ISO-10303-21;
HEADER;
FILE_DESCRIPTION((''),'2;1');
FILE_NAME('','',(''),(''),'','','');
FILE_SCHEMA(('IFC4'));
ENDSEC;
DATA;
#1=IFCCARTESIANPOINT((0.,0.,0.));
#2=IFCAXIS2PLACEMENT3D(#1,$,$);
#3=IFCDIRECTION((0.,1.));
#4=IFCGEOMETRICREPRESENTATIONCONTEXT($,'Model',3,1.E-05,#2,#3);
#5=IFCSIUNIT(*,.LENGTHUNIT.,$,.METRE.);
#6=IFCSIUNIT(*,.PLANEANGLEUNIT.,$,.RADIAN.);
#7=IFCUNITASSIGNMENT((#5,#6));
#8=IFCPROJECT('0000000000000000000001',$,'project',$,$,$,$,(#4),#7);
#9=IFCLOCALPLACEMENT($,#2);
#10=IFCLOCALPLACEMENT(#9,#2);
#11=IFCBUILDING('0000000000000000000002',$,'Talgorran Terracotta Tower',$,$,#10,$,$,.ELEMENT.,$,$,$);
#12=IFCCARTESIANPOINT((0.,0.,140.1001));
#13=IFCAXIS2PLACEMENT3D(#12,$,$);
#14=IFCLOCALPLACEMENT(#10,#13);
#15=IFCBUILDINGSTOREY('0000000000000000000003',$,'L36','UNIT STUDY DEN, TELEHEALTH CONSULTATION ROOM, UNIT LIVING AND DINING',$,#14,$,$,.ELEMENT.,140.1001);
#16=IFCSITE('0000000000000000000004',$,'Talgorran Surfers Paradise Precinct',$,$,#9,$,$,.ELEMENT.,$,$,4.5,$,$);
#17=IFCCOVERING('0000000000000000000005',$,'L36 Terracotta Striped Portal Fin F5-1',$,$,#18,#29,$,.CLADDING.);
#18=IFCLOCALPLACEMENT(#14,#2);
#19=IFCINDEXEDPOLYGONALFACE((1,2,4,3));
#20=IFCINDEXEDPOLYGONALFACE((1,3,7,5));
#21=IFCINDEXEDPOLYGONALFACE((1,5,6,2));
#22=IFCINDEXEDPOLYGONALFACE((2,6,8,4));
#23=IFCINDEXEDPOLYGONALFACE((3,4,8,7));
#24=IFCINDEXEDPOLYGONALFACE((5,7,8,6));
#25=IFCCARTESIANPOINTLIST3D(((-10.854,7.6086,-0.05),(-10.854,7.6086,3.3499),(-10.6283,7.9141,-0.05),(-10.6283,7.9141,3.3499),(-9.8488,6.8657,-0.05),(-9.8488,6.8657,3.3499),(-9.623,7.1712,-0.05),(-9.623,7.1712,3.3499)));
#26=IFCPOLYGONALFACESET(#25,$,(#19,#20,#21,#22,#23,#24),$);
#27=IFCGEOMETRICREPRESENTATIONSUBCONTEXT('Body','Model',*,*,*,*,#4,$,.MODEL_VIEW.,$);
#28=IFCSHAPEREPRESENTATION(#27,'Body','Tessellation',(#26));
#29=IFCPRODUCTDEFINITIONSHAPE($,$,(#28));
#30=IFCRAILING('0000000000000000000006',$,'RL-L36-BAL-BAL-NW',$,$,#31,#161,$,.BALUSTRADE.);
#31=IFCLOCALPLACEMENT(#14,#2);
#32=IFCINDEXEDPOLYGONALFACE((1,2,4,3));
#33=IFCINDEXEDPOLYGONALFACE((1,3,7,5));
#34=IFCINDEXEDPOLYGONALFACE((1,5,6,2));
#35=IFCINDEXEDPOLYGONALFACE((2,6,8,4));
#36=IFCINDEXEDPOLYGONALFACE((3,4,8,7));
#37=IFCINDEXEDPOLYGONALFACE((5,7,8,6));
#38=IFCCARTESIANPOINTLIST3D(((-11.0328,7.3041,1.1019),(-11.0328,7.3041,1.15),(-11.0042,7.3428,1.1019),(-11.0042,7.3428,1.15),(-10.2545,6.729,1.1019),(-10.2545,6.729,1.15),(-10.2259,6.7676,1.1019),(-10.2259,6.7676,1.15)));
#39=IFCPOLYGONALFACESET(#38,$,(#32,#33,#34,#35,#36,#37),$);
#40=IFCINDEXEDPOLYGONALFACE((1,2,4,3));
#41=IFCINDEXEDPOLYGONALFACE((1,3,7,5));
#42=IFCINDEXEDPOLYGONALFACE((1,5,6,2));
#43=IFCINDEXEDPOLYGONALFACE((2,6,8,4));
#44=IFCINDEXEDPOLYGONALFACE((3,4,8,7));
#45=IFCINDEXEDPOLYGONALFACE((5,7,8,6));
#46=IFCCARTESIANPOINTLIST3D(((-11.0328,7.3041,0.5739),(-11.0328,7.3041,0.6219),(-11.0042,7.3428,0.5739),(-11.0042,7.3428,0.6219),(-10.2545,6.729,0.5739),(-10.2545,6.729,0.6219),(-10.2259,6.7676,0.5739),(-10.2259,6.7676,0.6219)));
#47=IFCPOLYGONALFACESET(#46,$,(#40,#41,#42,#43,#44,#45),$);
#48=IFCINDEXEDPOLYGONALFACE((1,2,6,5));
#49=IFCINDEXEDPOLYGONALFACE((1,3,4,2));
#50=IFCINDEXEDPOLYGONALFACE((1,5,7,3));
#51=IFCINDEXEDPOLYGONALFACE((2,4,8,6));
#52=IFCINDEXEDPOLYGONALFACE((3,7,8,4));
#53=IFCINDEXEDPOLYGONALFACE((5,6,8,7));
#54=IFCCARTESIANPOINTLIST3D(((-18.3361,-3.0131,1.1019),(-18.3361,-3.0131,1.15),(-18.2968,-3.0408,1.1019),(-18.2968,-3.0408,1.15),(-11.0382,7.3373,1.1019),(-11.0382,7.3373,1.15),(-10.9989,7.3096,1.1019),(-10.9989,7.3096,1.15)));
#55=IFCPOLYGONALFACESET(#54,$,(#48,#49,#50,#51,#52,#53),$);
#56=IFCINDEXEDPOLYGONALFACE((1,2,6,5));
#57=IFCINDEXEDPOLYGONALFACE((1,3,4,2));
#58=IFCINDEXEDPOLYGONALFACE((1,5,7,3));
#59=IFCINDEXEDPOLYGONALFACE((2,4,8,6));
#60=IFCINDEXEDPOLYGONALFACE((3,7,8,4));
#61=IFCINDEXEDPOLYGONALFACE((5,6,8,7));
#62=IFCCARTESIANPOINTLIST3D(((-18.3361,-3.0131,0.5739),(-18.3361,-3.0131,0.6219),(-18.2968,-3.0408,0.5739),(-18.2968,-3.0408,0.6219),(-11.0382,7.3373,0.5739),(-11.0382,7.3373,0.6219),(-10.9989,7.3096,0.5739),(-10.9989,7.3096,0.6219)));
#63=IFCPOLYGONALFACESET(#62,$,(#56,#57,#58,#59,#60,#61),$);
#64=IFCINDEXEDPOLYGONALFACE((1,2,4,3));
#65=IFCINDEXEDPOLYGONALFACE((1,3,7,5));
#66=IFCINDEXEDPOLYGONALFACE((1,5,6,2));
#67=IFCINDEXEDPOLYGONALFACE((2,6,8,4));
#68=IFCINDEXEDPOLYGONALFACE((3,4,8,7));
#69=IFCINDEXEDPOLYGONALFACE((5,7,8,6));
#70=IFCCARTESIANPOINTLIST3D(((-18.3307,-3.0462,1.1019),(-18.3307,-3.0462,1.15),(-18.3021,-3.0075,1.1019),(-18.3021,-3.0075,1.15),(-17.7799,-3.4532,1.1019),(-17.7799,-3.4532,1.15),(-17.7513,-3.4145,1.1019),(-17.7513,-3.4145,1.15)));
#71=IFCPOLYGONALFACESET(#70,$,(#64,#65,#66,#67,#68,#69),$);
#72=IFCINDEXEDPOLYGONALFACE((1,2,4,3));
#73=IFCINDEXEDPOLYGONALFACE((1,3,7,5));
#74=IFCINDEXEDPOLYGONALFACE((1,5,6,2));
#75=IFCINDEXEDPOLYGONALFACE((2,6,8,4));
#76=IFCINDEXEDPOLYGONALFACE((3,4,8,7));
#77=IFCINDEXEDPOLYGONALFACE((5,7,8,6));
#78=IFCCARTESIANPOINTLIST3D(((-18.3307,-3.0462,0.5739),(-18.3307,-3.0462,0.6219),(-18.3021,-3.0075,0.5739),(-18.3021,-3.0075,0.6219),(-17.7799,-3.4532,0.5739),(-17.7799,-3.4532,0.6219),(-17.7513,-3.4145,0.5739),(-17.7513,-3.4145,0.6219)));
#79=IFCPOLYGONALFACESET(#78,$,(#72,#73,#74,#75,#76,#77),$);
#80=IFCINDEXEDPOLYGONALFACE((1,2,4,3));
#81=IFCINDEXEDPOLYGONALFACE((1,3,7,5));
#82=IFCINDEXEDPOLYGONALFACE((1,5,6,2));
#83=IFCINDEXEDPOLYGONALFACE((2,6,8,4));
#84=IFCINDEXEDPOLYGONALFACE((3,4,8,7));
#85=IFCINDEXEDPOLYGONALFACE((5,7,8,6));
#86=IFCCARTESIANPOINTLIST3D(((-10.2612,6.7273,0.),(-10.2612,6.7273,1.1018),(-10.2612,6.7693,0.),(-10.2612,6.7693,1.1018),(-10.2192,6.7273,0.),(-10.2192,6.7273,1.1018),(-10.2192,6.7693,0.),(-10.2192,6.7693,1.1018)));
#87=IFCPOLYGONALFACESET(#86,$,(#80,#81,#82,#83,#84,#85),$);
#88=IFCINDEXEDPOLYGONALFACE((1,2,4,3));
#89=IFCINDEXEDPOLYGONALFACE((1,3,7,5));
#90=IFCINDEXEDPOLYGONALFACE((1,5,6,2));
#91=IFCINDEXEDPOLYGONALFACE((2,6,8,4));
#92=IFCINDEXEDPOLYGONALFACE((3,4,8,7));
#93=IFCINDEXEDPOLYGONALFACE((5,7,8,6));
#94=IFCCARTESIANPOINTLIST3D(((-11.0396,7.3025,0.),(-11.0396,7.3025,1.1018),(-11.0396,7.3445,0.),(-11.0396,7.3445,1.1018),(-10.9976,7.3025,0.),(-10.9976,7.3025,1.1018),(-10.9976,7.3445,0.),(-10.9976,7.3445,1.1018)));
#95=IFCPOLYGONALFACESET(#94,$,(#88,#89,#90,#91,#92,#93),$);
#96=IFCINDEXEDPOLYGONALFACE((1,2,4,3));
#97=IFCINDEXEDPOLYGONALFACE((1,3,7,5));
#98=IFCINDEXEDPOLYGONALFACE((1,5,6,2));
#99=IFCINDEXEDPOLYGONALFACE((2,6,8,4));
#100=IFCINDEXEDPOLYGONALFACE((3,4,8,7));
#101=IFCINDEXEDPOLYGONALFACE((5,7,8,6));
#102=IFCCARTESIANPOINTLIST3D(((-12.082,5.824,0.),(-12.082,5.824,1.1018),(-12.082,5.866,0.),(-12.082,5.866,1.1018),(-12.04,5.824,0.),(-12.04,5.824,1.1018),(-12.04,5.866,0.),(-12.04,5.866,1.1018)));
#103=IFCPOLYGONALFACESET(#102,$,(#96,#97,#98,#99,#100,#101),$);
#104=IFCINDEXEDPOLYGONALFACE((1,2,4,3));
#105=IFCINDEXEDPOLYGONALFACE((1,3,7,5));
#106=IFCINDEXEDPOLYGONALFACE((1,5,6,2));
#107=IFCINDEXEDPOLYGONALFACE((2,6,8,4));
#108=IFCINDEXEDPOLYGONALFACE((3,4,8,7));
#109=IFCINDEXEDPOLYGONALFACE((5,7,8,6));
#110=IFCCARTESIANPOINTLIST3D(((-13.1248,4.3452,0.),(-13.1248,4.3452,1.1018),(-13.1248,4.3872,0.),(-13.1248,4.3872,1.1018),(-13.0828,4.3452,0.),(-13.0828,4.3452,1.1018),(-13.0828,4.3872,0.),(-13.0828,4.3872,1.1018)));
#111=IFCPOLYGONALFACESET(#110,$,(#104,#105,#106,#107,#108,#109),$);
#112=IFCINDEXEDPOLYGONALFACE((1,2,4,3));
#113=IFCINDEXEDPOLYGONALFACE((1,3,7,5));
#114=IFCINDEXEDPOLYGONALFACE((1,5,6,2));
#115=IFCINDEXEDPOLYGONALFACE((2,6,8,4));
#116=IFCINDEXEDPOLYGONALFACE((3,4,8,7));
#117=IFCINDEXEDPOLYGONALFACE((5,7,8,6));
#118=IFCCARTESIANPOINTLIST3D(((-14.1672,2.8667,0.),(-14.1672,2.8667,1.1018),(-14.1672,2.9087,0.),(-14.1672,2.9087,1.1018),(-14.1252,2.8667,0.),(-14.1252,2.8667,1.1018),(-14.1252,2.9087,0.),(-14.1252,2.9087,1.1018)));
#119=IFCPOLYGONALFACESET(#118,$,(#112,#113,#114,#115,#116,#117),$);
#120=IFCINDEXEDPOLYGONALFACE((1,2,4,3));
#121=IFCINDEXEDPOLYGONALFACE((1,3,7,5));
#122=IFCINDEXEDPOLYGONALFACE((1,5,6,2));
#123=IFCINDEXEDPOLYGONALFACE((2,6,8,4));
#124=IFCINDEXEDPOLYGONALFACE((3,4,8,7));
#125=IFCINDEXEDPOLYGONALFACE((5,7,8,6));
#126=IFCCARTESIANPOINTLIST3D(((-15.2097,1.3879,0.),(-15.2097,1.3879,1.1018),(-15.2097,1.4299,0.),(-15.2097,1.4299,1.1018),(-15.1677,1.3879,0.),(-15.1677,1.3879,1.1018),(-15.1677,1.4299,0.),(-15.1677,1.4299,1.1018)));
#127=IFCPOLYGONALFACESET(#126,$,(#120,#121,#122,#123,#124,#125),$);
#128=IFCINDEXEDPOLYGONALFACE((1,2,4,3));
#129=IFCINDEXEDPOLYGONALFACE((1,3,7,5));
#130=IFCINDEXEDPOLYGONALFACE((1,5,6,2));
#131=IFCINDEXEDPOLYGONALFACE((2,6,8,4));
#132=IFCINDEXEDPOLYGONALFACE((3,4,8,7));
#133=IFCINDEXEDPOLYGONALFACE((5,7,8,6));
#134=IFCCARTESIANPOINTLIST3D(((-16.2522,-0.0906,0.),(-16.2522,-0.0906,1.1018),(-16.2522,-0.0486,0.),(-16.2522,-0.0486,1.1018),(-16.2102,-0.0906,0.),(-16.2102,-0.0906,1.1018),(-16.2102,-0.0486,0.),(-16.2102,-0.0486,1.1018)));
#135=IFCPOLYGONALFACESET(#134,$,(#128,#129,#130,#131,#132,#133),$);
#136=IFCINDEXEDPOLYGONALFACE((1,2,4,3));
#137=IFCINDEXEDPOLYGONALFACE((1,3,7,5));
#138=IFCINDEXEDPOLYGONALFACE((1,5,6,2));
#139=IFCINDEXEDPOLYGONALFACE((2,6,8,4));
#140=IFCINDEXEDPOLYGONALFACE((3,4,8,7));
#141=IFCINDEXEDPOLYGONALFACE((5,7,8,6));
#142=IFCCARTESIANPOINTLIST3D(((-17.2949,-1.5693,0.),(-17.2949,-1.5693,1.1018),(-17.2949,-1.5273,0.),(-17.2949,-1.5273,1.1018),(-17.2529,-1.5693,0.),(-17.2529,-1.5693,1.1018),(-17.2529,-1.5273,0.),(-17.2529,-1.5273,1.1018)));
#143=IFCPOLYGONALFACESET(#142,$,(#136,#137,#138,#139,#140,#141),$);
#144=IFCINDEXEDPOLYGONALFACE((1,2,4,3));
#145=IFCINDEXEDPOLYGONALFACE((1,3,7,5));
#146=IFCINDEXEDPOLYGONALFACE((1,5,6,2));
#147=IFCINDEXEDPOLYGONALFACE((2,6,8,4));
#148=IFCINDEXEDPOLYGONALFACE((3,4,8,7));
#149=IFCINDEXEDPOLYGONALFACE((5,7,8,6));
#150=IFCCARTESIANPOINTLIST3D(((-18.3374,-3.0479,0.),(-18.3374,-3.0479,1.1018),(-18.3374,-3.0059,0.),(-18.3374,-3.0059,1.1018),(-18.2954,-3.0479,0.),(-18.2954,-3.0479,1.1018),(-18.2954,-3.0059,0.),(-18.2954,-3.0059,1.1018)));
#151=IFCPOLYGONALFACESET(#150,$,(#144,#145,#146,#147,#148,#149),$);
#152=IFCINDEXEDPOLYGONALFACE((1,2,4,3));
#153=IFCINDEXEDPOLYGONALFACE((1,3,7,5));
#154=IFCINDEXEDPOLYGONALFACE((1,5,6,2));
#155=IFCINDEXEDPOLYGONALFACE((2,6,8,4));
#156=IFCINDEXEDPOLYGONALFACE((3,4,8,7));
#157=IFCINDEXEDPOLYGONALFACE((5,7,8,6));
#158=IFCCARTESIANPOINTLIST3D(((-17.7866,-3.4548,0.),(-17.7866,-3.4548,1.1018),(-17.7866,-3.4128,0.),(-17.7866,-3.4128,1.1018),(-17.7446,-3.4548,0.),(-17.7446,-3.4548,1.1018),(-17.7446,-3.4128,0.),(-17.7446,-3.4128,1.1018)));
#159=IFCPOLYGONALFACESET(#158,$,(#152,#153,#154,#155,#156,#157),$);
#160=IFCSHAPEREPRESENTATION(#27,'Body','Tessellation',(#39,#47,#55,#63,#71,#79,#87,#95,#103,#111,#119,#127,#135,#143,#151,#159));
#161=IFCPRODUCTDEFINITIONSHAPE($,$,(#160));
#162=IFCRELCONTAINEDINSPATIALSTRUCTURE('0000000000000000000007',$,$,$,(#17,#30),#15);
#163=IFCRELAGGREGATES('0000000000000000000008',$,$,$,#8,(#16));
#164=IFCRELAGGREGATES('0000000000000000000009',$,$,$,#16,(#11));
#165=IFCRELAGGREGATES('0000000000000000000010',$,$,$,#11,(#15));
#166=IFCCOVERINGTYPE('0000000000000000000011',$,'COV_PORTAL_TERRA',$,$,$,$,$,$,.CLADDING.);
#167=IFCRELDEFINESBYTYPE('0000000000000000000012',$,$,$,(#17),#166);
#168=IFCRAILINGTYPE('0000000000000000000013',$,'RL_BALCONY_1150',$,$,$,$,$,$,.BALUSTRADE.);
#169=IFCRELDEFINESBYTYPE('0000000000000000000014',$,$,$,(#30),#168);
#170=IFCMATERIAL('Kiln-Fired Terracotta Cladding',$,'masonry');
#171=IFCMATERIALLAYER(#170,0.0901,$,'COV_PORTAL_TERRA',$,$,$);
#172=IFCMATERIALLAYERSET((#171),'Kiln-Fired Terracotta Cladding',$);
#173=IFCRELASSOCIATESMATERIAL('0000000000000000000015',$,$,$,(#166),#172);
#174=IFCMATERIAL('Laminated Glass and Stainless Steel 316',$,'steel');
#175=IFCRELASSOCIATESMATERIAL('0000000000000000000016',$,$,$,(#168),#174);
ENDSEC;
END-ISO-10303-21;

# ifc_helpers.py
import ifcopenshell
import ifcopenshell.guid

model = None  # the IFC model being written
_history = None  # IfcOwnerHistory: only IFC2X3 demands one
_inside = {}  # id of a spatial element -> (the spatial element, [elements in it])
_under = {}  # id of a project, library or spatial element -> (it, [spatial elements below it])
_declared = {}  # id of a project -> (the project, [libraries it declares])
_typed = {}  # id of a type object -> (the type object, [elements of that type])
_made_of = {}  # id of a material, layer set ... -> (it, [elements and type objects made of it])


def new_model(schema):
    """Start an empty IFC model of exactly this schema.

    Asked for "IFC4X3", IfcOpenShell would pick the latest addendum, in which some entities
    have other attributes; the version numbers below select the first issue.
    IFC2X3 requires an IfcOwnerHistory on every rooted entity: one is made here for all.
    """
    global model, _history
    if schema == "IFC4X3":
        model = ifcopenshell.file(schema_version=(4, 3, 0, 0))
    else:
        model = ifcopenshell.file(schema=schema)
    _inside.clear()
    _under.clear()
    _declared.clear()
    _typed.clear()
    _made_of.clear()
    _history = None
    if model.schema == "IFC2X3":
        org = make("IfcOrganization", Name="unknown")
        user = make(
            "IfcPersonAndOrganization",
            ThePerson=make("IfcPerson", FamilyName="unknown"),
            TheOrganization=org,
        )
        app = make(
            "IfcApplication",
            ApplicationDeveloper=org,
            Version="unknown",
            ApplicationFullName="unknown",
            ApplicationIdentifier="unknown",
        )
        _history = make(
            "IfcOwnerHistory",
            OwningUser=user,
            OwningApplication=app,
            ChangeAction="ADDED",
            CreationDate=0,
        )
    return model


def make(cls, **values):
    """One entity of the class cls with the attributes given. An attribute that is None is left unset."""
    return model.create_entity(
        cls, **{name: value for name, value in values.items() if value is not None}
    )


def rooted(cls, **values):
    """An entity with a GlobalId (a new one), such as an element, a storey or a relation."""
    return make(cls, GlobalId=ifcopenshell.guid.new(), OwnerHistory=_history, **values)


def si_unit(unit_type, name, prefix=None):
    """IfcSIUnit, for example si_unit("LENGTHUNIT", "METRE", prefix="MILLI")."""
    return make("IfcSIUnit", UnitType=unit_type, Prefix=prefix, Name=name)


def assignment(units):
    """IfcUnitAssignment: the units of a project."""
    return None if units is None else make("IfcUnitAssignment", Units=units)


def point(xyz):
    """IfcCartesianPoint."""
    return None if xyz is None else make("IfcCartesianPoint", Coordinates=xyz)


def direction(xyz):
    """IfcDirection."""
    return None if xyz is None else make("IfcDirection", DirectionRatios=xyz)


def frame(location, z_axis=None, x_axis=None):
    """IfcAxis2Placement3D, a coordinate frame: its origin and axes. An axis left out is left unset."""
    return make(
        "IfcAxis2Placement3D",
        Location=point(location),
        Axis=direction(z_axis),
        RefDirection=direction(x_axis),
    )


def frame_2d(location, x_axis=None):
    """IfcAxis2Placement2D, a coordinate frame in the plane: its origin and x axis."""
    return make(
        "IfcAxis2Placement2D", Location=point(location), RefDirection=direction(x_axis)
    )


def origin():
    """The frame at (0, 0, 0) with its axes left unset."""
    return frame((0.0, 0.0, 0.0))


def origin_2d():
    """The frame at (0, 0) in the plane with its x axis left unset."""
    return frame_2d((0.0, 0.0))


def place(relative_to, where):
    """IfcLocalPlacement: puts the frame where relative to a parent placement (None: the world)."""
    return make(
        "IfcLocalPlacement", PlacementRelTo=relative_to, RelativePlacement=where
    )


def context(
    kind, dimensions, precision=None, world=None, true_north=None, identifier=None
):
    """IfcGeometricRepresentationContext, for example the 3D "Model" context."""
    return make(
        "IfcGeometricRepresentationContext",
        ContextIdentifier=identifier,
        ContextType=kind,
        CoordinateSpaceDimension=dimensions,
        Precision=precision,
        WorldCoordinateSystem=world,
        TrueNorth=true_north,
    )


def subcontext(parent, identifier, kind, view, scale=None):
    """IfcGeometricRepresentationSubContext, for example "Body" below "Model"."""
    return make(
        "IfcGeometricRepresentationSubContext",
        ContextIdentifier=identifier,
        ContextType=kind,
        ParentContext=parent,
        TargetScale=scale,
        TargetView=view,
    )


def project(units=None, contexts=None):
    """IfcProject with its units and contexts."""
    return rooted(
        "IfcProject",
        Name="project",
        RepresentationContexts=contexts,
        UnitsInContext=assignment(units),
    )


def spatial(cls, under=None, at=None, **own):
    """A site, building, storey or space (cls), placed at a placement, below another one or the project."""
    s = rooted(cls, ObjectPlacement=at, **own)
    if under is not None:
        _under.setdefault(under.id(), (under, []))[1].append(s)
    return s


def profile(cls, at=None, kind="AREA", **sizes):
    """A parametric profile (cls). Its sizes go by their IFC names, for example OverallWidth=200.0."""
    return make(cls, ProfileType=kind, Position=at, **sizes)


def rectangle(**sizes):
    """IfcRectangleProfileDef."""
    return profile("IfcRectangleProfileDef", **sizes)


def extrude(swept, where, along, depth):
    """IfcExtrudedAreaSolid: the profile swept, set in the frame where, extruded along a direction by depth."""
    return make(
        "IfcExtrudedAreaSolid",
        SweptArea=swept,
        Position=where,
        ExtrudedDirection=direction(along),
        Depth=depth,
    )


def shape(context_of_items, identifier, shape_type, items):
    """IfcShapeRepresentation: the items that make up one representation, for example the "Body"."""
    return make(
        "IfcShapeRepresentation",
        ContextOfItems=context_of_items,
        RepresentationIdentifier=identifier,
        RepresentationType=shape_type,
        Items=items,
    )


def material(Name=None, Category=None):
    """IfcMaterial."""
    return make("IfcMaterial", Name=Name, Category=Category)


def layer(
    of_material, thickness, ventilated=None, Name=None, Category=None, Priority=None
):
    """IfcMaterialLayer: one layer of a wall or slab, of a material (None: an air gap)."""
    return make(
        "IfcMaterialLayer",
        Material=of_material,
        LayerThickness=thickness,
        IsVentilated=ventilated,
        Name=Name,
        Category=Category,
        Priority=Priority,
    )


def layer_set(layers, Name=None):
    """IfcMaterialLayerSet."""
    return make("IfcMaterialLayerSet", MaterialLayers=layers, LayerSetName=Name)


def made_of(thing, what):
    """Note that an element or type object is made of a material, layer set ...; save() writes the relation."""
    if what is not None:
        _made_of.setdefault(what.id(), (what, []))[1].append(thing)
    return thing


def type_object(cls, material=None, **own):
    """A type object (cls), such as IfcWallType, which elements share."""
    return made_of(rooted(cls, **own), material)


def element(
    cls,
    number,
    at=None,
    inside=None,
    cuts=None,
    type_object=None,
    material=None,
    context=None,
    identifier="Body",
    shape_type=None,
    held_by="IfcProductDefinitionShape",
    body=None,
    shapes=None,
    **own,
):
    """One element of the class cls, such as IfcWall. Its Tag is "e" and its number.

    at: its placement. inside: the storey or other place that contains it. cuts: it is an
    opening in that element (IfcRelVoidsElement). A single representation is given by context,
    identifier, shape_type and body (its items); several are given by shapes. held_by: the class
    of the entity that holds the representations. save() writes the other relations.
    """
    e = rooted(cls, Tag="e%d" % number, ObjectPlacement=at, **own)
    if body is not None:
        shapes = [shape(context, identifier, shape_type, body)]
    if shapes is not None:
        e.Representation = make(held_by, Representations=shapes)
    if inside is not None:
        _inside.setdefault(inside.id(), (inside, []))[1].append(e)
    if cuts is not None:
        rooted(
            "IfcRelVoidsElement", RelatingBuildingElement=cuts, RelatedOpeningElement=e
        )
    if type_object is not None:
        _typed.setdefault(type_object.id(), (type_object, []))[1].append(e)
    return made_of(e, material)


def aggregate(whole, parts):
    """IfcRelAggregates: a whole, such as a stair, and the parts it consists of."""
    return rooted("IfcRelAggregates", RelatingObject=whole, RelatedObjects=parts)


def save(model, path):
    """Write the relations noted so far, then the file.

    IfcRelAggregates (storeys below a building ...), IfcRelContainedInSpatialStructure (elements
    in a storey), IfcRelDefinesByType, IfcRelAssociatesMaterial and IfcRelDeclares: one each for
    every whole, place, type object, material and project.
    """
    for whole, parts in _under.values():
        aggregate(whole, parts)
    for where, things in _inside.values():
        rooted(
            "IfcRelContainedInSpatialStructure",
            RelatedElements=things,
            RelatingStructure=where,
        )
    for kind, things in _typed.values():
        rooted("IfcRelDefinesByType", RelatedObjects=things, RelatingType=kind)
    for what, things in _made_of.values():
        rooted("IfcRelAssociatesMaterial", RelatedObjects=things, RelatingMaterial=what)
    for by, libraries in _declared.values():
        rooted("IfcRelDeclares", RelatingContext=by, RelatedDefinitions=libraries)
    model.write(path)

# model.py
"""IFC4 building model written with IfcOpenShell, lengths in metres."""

from ifc_helpers import new_model, si_unit, direction, frame, origin, origin_2d, place, context, subcontext, project, spatial, rectangle, extrude, material, layer, layer_set, type_object, element, save


model = new_model("IFC4")

# Units and contexts
model_context = context("Model", 3, precision=1e-05, world=origin(), true_north=direction((0.0, 1.0)))
body_context = subcontext(model_context, "Body", "Model", "MODEL_VIEW")
ifc_project = project(units=[si_unit("LENGTHUNIT", "METRE"), si_unit("PLANEANGLEUNIT", "RADIAN")], contexts=[model_context])

# Site, building, storey
site_placement = place(None, origin())
site = spatial("IfcSite", under=ifc_project, at=site_placement, Name="Talgorran Surfers Paradise Precinct", CompositionType="ELEMENT", RefElevation=4.5)
building_placement = place(site_placement, origin())
building = spatial("IfcBuilding", under=site, at=building_placement, Name="Talgorran Terracotta Tower", CompositionType="ELEMENT")
storey_placement = place(building_placement, frame((0.0, 0.0, 140.1001)))
storey = spatial("IfcBuildingStorey", under=building, at=storey_placement, Name="L36", Description="UNIT STUDY DEN, TELEHEALTH CONSULTATION ROOM, UNIT LIVING AND DINING", CompositionType="ELEMENT", Elevation=140.1001)

# Covering
ifc_material_1 = material(Name="Kiln-Fired Terracotta Cladding", Category="masonry")
ifc_layer_1 = layer(ifc_material_1, 0.0901, Name="COV_PORTAL_TERRA")
ifc_layer_set_1 = layer_set([ifc_layer_1], Name="Kiln-Fired Terracotta Cladding")
covering_type_1 = type_object("IfcCoveringType", Name="COV_PORTAL_TERRA", PredefinedType="CLADDING", material=ifc_layer_set_1)
covering_1_placement = place(storey_placement, frame((-10.2385, 7.3899, -0.05), z_axis=(0.0, 0.0, 1.0), x_axis=(-0.59436, -0.804199, 0.0)))
element("IfcCovering", 1, at=covering_1_placement, inside=storey, type_object=covering_type_1, Name="L36 Terracotta Striped Portal Fin F5-1", PredefinedType="CLADDING", context=body_context, shape_type="SweptSolid", body=[
    extrude(rectangle(XDim=0.3799, YDim=1.25, at=origin_2d()), origin(), (0.0, 0.0, 1.0), 3.3999),
])

# Railing
ifc_material_2 = material(Name="Laminated Glass and Stainless Steel 316", Category="steel")
railing_type = type_object("IfcRailingType", Name="RL_BALCONY_1150", PredefinedType="BALUSTRADE", material=ifc_material_2)
railing_placement = place(storey_placement, frame((-10.2402, 6.7483, 0.0)))
element("IfcRailing", 2, at=railing_placement, inside=storey, type_object=railing_type, Name="RL-L36-BAL-BAL-NW", PredefinedType="BALUSTRADE", context=body_context, shape_type="SweptSolid", body=[
    extrude(rectangle(XDim=0.0481, YDim=0.0481, at=origin_2d()), frame((0.0, 0.0, 1.126), z_axis=(-0.804218, 0.594334, 0.0), x_axis=(-0.594334, -0.804218, 0.0)), (0.0, 0.0, 1.0), 0.9678),
    extrude(rectangle(XDim=0.0481, YDim=0.0481, at=origin_2d()), frame((0.0, 0.0, 0.5979), z_axis=(-0.804218, 0.594334, 0.0), x_axis=(-0.594334, -0.804218, 0.0)), (0.0, 0.0, 1.0), 0.9678),
    extrude(rectangle(XDim=0.0481, YDim=0.0481, at=origin_2d()), frame((-0.7783, 0.5752, 1.126), z_axis=(-0.576247, -0.817275, 0.0), x_axis=(0.817275, -0.576247, 0.0)), (0.0, 0.0, 1.0), 12.6646),
    extrude(rectangle(XDim=0.0481, YDim=0.0481, at=origin_2d()), frame((-0.7783, 0.5752, 0.5979), z_axis=(-0.576247, -0.817275, 0.0), x_axis=(0.817275, -0.576247, 0.0)), (0.0, 0.0, 1.0), 12.6646),
    extrude(rectangle(XDim=0.0481, YDim=0.0481, at=origin_2d()), frame((-8.0762, -9.7751, 1.126), z_axis=(0.804258, -0.594281, 0.0), x_axis=(0.594281, 0.804258, 0.0)), (0.0, 0.0, 1.0), 0.6848),
    extrude(rectangle(XDim=0.0481, YDim=0.0481, at=origin_2d()), frame((-8.0762, -9.7751, 0.5979), z_axis=(0.804258, -0.594281, 0.0), x_axis=(0.594281, 0.804258, 0.0)), (0.0, 0.0, 1.0), 0.6848),
    extrude(rectangle(XDim=0.042, YDim=0.042, at=origin_2d()), origin(), (0.0, 0.0, 1.0), 1.1018),
    extrude(rectangle(XDim=0.042, YDim=0.042, at=origin_2d()), frame((-0.7783, 0.5752, 0.0)), (0.0, 0.0, 1.0), 1.1018),
    extrude(rectangle(XDim=0.042, YDim=0.042, at=origin_2d()), frame((-1.8208, -0.9033, 0.0)), (0.0, 0.0, 1.0), 1.1018),
    extrude(rectangle(XDim=0.042, YDim=0.042, at=origin_2d()), frame((-2.8635, -2.3821, 0.0)), (0.0, 0.0, 1.0), 1.1018),
    extrude(rectangle(XDim=0.042, YDim=0.042, at=origin_2d()), frame((-3.906, -3.8606, 0.0)), (0.0, 0.0, 1.0), 1.1018),
    extrude(rectangle(XDim=0.042, YDim=0.042, at=origin_2d()), frame((-4.9485, -5.3394, 0.0)), (0.0, 0.0, 1.0), 1.1018),
    extrude(rectangle(XDim=0.042, YDim=0.042, at=origin_2d()), frame((-5.991, -6.8179, 0.0)), (0.0, 0.0, 1.0), 1.1018),
    extrude(rectangle(XDim=0.042, YDim=0.042, at=origin_2d()), frame((-7.0337, -8.2966, 0.0)), (0.0, 0.0, 1.0), 1.1018),
    extrude(rectangle(XDim=0.042, YDim=0.042, at=origin_2d()), frame((-8.0762, -9.7751, 0.0)), (0.0, 0.0, 1.0), 1.1018),
    extrude(rectangle(XDim=0.042, YDim=0.042, at=origin_2d()), frame((-7.5254, -10.1821, 0.0)), (0.0, 0.0, 1.0), 1.1018),
])

save(model, "model.ifc")
